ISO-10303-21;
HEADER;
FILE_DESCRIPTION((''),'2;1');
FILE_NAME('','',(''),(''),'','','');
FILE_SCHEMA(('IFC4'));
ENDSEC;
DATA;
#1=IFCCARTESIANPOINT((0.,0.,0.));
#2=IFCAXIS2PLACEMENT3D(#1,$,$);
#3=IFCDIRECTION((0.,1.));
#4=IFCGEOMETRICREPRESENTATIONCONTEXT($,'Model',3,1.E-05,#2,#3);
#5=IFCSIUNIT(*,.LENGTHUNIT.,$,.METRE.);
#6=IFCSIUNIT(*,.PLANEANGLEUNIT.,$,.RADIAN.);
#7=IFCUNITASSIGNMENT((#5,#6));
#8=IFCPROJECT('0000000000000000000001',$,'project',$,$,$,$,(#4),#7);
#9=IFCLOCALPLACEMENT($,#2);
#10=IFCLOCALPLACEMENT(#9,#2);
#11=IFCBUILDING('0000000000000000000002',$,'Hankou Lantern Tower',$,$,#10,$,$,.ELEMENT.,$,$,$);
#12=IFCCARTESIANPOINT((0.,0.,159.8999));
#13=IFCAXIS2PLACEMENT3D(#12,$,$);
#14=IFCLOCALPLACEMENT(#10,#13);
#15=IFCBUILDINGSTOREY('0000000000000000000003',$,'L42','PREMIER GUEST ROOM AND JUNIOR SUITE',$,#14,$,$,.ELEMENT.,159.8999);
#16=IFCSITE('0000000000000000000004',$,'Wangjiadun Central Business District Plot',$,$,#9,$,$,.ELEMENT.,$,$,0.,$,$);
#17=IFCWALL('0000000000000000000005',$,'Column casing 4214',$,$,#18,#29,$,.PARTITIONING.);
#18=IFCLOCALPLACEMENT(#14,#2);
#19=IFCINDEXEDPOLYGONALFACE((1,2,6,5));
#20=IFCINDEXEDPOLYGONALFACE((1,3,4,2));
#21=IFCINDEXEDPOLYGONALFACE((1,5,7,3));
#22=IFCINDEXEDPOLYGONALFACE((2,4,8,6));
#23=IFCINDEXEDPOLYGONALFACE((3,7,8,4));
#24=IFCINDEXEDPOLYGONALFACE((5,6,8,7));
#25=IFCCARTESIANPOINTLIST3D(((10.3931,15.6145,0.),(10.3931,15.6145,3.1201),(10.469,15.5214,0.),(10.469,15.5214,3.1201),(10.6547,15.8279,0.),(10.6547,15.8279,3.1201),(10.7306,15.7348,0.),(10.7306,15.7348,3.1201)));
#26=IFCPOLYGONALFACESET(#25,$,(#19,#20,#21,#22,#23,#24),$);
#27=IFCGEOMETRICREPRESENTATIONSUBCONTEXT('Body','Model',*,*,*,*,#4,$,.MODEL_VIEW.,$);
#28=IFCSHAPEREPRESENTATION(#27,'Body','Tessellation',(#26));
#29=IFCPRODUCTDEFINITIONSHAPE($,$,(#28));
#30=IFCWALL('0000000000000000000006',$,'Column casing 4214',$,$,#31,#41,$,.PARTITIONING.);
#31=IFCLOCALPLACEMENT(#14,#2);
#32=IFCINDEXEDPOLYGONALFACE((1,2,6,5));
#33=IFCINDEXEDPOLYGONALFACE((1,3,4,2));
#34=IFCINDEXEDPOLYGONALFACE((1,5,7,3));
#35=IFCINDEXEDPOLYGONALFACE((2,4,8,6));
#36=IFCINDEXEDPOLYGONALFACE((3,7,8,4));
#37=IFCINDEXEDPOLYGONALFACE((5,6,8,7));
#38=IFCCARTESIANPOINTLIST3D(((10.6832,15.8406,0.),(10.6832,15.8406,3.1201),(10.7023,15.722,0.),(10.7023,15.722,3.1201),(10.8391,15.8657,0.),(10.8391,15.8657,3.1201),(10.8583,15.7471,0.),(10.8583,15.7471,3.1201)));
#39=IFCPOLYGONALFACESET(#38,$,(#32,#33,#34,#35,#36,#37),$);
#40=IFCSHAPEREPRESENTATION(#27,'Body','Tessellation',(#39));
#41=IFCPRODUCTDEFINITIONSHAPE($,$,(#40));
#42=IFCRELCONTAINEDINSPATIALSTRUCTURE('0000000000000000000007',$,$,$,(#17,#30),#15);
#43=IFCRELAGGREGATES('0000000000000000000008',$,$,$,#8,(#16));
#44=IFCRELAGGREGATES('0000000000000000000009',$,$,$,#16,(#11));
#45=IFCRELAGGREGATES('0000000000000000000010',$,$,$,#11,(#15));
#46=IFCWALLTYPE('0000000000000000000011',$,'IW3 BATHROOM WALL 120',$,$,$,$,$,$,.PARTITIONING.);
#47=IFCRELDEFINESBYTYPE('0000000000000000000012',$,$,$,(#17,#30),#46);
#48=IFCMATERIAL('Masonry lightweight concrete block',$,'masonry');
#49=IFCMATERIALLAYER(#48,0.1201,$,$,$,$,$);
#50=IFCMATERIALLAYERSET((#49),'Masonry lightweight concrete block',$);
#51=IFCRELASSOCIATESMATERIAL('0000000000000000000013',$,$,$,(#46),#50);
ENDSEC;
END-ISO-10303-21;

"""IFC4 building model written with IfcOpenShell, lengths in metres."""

from ifc_helpers import new_model, si_unit, direction, frame, frame_2d, origin, place, context, subcontext, project, spatial, rectangle, extrude, material, layer, layer_set, type_object, element, save


model = new_model("IFC4")

# Units and contexts
model_context = context("Model", 3, precision=1e-05, world=origin(), true_north=direction((0.0, 1.0)))
body_context = subcontext(model_context, "Body", "Model", "MODEL_VIEW")
ifc_project = project(units=[si_unit("LENGTHUNIT", "METRE"), si_unit("PLANEANGLEUNIT", "RADIAN")], contexts=[model_context])

# Site, building, storey
site_placement = place(None, origin())
site = spatial("IfcSite", under=ifc_project, at=site_placement, Name="Wangjiadun Central Business District Plot", CompositionType="ELEMENT", RefElevation=0.0)
building_placement = place(site_placement, origin())
building = spatial("IfcBuilding", under=site, at=building_placement, Name="Hankou Lantern Tower", CompositionType="ELEMENT")
storey_placement = place(building_placement, frame((0.0, 0.0, 159.8999)))
storey = spatial("IfcBuildingStorey", under=building, at=storey_placement, Name="L42", Description="PREMIER GUEST ROOM AND JUNIOR SUITE", CompositionType="ELEMENT", Elevation=159.8999)

# Walls
ifc_material_1 = material(Name="Masonry lightweight concrete block", Category="masonry")
ifc_layer_1 = layer(ifc_material_1, 0.1201)
ifc_layer_set_1 = layer_set([ifc_layer_1], Name="Masonry lightweight concrete block")
wall_type_1 = type_object("IfcWallType", Name="IW3 BATHROOM WALL 120", PredefinedType="PARTITIONING", material=ifc_layer_set_1)
wall_1_placement = place(storey_placement, frame((10.4309, 15.5679, 0.0), z_axis=(0.0, 0.0, 1.0), x_axis=(0.775051, 0.631898, 0.0)))
element("IfcWall", 1, at=wall_1_placement, inside=storey, type_object=wall_type_1, Name="Column casing 4214", PredefinedType="PARTITIONING", context=body_context, shape_type="SweptSolid", body=[
    extrude(rectangle(XDim=0.3376, YDim=0.1201, at=frame_2d((0.1689, 0.0))), origin(), (0.0, 0.0, 1.0), 3.1201),
])
wall_2_placement = place(storey_placement, frame((10.6926, 15.7812, 0.0), z_axis=(0.0, 0.0, 1.0), x_axis=(0.987257, 0.159135, 0.0)))
element("IfcWall", 2, at=wall_2_placement, inside=storey, type_object=wall_type_1, Name="Column casing 4214", PredefinedType="PARTITIONING", context=body_context, shape_type="SweptSolid", body=[
    extrude(rectangle(XDim=0.158, YDim=0.1201, at=frame_2d((0.0791, 0.0))), origin(), (0.0, 0.0, 1.0), 3.1201),
])

save(model, "model.ifc")
